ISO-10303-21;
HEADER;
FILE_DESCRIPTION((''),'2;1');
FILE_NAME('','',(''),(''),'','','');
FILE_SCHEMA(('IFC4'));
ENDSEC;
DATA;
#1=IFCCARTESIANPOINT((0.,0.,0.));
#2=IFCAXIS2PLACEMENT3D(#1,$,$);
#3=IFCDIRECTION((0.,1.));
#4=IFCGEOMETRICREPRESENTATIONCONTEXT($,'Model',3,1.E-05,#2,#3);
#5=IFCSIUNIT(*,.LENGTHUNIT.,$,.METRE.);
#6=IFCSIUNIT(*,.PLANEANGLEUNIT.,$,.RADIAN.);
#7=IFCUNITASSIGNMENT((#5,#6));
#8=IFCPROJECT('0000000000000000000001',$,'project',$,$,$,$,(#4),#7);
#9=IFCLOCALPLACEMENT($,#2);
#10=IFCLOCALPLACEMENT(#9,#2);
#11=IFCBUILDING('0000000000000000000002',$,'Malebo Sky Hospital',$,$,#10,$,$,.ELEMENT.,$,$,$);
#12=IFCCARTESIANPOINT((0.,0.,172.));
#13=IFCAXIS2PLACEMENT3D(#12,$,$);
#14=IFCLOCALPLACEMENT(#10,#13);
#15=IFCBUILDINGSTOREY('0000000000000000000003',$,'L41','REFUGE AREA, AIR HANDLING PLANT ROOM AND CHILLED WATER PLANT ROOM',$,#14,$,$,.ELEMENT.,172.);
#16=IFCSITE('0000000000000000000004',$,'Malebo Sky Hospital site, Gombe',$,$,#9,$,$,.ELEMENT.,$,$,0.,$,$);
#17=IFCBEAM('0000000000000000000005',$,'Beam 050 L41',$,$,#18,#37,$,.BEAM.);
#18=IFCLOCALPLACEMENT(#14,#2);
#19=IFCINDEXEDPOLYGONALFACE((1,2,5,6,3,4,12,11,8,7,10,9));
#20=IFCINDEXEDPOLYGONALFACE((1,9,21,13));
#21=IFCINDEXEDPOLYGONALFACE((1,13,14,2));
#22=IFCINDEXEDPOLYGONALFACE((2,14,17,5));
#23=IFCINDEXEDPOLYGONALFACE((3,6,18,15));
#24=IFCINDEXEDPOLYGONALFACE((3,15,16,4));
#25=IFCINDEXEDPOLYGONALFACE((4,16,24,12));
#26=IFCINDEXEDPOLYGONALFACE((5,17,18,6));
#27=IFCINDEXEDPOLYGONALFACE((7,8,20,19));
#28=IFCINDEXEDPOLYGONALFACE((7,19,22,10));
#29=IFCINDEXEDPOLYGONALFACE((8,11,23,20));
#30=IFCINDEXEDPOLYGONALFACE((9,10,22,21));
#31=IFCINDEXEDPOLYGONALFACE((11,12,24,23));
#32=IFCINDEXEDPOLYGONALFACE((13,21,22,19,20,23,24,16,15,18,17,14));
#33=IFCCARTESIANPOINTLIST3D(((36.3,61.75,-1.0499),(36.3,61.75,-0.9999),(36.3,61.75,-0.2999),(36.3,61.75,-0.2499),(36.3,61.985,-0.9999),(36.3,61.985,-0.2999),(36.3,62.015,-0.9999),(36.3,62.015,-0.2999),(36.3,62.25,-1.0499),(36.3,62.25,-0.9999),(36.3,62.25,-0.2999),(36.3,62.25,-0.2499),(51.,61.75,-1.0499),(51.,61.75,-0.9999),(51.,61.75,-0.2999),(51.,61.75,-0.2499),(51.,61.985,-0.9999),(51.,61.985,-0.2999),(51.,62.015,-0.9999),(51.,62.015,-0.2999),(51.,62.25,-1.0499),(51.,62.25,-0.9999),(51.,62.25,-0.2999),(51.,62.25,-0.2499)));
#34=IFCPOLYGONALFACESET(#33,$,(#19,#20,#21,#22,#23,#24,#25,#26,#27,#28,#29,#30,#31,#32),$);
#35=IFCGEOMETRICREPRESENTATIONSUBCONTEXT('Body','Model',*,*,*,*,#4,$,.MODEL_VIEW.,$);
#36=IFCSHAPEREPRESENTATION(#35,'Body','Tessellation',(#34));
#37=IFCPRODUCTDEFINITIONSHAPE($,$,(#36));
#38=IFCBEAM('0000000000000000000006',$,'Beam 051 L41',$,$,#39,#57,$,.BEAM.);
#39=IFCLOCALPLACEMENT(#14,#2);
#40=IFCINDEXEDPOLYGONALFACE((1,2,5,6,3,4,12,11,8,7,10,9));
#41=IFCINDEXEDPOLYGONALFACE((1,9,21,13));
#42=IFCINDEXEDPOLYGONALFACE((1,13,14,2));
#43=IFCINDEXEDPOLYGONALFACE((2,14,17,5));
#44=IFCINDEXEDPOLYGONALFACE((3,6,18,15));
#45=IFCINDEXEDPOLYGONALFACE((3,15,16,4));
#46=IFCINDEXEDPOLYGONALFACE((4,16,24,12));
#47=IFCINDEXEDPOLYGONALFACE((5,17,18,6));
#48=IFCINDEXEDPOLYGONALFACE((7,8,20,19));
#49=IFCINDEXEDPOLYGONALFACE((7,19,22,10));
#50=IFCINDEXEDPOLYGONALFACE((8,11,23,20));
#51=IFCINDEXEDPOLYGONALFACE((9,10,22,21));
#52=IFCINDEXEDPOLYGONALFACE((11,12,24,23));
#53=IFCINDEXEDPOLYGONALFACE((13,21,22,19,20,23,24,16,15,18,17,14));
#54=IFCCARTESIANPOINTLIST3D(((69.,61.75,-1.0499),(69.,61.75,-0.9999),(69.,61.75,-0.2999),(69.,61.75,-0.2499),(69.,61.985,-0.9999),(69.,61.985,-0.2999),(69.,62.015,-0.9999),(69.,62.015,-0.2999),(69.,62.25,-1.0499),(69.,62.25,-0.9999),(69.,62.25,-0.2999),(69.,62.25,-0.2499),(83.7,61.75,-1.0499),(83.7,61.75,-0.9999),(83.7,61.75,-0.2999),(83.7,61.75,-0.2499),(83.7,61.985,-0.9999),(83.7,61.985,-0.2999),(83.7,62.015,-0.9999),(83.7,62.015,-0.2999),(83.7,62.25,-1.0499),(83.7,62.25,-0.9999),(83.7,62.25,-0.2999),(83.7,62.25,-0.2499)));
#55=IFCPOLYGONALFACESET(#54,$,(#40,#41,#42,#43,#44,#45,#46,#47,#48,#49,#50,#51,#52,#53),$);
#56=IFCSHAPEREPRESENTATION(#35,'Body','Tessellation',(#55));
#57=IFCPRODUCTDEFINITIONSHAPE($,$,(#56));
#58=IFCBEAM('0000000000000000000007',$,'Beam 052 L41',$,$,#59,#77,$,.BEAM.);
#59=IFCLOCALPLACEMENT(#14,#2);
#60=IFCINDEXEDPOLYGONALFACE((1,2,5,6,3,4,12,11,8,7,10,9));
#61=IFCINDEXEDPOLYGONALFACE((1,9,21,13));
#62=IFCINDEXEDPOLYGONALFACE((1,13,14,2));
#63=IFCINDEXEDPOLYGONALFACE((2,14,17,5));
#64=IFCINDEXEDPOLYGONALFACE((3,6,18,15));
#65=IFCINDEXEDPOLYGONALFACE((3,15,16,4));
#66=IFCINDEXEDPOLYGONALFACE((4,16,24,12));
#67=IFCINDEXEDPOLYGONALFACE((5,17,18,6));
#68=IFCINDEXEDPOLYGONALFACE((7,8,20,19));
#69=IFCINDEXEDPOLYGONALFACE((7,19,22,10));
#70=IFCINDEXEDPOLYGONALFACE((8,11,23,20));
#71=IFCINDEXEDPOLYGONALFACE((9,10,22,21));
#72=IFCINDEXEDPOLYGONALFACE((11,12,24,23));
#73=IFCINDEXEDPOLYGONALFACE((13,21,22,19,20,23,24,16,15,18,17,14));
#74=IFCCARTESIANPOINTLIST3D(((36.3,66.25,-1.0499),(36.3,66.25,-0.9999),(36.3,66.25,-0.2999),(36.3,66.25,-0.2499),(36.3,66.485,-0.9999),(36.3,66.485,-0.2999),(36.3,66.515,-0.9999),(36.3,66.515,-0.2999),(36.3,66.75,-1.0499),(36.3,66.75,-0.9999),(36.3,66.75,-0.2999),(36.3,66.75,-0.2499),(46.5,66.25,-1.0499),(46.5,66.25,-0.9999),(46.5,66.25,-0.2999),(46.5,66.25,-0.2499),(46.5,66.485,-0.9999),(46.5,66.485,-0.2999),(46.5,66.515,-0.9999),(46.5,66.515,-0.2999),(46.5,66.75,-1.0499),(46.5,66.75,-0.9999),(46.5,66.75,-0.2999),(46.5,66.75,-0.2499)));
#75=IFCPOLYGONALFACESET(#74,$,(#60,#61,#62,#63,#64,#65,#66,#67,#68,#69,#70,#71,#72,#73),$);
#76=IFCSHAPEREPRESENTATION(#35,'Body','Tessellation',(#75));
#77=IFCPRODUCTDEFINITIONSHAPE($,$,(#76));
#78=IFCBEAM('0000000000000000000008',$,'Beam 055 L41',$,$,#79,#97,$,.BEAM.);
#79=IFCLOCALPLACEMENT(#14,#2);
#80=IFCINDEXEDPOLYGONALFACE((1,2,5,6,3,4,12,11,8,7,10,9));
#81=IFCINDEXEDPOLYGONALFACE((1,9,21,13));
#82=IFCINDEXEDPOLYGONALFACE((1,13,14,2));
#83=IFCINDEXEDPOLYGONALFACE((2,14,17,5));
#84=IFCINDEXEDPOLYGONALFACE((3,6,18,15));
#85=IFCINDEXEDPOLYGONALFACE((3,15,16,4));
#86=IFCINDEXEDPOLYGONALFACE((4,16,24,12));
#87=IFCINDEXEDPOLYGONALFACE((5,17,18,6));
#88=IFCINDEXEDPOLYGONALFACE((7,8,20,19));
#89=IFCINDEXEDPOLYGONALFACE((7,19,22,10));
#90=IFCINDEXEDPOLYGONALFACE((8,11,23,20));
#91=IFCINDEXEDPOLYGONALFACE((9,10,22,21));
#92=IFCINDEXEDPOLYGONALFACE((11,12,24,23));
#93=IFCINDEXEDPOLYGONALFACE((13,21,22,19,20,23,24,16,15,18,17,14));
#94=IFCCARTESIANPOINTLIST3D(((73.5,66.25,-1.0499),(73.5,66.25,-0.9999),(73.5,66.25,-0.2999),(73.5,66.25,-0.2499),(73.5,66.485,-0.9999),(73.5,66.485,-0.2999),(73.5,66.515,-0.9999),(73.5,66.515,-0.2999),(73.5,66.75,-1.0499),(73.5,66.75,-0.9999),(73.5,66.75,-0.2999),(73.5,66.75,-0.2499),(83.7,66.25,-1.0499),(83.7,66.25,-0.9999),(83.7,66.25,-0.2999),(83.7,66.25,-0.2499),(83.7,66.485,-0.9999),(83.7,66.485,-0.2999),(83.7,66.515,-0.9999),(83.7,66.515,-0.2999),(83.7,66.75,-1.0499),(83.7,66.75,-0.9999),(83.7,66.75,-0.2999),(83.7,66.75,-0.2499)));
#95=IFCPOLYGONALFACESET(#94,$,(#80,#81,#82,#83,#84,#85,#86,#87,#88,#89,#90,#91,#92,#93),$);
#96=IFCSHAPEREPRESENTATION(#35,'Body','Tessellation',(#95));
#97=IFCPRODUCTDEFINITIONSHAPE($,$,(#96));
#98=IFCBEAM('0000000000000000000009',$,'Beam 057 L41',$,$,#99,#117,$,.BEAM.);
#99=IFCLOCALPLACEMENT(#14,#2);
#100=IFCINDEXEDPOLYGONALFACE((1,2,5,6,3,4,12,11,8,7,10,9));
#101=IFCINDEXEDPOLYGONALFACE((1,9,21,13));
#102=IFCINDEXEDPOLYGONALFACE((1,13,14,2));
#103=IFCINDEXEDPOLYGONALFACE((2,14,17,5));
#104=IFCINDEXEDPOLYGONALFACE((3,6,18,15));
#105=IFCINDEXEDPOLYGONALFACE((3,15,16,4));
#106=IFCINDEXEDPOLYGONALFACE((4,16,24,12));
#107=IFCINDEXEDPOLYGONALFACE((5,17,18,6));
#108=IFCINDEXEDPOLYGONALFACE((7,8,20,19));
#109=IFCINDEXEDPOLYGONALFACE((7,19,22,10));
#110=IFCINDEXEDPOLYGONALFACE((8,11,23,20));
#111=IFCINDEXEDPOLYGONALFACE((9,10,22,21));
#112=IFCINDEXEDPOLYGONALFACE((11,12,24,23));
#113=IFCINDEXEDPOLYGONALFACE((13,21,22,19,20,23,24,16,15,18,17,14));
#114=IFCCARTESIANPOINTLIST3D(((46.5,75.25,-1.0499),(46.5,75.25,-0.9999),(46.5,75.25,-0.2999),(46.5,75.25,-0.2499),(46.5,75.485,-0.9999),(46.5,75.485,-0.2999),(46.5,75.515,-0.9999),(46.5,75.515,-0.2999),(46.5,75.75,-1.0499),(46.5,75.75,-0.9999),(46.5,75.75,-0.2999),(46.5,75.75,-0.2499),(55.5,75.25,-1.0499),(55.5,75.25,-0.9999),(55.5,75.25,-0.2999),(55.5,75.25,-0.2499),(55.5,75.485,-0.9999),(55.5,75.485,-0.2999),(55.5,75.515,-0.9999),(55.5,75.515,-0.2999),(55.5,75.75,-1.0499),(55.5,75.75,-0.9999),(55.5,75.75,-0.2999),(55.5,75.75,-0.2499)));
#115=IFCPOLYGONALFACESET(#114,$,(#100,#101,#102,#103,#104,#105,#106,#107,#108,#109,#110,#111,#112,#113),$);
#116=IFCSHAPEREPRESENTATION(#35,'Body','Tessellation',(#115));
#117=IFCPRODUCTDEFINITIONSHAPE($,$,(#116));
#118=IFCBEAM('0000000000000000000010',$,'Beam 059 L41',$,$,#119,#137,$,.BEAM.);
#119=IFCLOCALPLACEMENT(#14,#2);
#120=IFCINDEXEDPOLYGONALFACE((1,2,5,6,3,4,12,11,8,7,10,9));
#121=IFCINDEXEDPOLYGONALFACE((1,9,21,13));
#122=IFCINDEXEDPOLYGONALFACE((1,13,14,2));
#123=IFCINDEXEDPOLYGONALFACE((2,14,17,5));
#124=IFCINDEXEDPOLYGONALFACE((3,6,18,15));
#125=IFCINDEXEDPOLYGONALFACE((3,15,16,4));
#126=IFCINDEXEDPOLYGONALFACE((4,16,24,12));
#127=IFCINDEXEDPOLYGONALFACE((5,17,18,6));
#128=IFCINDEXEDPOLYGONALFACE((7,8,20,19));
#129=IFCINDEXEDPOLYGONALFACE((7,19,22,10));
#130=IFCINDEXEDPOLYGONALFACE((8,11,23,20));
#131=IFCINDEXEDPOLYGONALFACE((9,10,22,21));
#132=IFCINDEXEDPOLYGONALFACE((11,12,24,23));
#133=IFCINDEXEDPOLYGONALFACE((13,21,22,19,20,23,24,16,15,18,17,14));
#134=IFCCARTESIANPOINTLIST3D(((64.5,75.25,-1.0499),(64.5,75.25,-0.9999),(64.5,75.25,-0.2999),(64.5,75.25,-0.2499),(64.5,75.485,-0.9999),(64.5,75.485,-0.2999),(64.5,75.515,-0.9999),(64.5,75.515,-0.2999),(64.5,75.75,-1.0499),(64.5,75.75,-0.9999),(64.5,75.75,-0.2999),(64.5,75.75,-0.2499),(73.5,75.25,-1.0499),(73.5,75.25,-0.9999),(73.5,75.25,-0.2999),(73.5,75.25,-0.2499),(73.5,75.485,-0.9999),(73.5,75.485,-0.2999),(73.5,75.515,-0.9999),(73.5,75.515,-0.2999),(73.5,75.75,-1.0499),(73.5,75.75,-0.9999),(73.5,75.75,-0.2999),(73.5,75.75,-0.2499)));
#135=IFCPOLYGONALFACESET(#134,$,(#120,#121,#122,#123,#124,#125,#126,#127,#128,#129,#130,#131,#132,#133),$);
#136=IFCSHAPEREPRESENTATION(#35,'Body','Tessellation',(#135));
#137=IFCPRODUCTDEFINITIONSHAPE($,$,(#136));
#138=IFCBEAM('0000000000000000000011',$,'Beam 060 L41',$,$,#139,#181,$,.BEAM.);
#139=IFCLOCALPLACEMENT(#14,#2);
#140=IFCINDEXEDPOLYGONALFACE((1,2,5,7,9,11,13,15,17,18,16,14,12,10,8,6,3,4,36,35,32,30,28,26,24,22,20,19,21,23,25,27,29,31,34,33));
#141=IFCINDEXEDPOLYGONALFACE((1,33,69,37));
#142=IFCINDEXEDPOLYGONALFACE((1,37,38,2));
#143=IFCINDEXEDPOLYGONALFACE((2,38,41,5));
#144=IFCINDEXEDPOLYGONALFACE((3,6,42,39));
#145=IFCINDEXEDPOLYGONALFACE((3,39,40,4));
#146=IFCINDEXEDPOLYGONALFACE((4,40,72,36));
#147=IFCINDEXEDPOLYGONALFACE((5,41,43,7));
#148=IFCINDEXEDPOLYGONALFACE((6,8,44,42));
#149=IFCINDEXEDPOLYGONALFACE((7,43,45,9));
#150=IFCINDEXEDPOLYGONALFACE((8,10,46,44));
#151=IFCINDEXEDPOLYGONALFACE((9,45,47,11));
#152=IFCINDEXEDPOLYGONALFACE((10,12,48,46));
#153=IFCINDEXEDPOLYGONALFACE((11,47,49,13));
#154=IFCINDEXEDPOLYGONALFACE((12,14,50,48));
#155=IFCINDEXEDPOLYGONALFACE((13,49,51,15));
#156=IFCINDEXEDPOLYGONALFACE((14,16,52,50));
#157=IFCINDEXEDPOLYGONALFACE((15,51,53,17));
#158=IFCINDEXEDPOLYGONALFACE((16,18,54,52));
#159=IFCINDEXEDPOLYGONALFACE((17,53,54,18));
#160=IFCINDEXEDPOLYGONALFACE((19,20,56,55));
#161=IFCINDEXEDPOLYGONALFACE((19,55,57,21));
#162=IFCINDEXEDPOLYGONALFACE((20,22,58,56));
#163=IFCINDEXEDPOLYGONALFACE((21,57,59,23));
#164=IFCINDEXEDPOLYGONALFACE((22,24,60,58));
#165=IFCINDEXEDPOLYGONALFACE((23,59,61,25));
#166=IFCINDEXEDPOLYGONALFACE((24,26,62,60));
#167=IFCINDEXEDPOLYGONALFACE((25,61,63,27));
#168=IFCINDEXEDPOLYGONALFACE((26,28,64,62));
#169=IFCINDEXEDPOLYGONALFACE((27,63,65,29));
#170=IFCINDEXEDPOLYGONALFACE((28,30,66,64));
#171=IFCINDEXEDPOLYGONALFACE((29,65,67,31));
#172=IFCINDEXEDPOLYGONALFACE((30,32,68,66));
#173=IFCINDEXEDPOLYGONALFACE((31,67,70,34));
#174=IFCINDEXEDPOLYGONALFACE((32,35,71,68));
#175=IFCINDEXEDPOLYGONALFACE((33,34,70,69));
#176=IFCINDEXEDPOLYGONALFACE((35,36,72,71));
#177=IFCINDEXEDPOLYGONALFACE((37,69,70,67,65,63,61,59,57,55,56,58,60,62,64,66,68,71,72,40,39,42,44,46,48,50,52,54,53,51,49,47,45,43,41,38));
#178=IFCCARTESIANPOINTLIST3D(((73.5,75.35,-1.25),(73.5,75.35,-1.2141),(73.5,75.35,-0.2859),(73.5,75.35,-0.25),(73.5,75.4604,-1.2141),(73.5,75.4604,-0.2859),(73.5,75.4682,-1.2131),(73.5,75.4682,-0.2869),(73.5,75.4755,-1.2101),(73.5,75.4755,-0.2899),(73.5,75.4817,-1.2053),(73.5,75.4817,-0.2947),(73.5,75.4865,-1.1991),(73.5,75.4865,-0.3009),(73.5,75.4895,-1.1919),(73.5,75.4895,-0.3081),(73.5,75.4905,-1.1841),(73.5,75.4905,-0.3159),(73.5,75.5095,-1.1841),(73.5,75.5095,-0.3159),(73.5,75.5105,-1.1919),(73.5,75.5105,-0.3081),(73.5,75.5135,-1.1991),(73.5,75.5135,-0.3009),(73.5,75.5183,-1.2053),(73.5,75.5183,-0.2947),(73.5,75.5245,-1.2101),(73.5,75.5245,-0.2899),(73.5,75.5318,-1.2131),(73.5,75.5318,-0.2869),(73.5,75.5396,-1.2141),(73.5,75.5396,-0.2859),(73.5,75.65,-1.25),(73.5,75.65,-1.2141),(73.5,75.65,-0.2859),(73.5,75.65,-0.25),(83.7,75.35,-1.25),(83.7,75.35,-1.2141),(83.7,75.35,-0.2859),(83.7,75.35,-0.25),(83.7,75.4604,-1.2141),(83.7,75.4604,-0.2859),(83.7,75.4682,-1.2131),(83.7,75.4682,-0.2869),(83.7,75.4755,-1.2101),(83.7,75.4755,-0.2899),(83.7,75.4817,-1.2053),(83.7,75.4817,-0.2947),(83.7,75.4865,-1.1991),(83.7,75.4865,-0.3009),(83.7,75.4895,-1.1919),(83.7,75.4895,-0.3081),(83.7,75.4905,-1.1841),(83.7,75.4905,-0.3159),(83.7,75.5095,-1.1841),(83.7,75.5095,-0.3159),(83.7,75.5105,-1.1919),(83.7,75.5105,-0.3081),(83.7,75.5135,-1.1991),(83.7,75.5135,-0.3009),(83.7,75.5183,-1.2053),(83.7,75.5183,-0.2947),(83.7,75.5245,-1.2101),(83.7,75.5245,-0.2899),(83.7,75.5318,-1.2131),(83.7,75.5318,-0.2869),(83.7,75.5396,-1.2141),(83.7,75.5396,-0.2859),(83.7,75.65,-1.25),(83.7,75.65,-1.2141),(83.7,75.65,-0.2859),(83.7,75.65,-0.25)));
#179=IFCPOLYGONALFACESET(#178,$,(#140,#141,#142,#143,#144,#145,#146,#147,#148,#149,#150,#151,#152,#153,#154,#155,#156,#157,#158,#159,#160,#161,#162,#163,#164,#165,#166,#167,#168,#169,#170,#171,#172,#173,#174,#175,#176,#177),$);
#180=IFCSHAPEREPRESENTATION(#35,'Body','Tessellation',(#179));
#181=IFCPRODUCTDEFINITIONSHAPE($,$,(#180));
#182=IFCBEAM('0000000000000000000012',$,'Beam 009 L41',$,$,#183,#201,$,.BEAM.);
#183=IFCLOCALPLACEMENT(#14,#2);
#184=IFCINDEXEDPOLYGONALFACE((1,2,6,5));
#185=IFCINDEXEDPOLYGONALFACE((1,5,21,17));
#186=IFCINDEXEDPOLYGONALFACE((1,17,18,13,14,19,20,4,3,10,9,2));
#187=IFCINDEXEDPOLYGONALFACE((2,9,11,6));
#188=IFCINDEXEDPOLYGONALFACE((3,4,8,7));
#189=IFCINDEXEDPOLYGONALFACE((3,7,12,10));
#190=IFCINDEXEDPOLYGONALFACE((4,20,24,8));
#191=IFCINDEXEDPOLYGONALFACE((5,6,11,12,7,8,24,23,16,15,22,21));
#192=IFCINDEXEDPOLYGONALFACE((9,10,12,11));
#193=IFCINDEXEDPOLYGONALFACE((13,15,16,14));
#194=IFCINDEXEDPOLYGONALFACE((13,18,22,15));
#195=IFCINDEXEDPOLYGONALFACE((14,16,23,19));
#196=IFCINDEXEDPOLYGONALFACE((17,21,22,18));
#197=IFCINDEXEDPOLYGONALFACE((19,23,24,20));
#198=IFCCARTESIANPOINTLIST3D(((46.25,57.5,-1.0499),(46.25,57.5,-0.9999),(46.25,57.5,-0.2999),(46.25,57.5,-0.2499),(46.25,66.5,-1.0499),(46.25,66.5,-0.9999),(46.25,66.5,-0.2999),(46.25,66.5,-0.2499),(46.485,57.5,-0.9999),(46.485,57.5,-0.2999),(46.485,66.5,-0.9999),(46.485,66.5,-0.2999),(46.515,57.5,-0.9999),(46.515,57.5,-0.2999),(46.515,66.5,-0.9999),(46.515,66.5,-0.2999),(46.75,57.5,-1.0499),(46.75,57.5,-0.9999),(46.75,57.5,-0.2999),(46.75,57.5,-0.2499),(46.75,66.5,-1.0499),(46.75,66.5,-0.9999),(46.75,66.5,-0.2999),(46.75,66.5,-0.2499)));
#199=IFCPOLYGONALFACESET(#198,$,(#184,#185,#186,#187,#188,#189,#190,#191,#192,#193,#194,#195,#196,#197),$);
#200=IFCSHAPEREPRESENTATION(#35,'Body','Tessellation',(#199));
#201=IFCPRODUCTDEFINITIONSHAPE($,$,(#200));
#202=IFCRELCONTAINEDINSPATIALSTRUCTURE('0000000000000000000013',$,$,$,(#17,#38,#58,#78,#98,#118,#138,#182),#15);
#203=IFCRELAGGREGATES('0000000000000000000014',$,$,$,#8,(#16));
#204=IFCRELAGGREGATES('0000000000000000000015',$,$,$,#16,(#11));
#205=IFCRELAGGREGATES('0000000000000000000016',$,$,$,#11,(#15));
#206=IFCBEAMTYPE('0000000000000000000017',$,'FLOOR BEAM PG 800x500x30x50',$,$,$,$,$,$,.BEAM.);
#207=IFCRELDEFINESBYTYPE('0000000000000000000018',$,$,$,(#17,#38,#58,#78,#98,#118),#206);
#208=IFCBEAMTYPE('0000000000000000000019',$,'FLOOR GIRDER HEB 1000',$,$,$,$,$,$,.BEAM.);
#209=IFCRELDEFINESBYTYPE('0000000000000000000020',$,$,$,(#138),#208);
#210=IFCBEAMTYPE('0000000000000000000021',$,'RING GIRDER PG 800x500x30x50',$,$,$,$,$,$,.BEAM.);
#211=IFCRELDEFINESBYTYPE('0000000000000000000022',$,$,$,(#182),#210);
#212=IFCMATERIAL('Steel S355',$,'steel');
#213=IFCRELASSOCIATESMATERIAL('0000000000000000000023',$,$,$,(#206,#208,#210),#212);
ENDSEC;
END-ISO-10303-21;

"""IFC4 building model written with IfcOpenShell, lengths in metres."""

from ifc_helpers import new_model, si_unit, direction, frame, origin, origin_2d, place, context, subcontext, project, spatial, i_section, extrude, material, material_profile, profile_set, type_object, element, save


model = new_model("IFC4")

# Units and contexts
model_context = context("Model", 3, precision=1e-05, world=origin(), true_north=direction((0.0, 1.0)))
body_context = subcontext(model_context, "Body", "Model", "MODEL_VIEW")
ifc_project = project(units=[si_unit("LENGTHUNIT", "METRE"), si_unit("PLANEANGLEUNIT", "RADIAN")], contexts=[model_context])

# Site, building, storey
site_placement = place(None, origin())
site = spatial("IfcSite", under=ifc_project, at=site_placement, Name="Malebo Sky Hospital site, Gombe", CompositionType="ELEMENT", RefElevation=0.0)
building_placement = place(site_placement, origin())
building = spatial("IfcBuilding", under=site, at=building_placement, Name="Malebo Sky Hospital", CompositionType="ELEMENT")
storey_placement = place(building_placement, frame((0.0, 0.0, 172.0)))
storey = spatial("IfcBuildingStorey", under=building, at=storey_placement, Name="L41", Description="REFUGE AREA, AIR HANDLING PLANT ROOM AND CHILLED WATER PLANT ROOM", CompositionType="ELEMENT", Elevation=172.0)

# Beams
ifc_material = material(Name="Steel S355", Category="steel")
ifc_material_profile_1 = material_profile(ifc_material, i_section(OverallWidth=0.5, OverallDepth=0.8, WebThickness=0.03, FlangeThickness=0.05, at=origin_2d()), Name="PG 800x500x30x50")
ifc_profile_set_1 = profile_set([ifc_material_profile_1], Name="Steel S355")
beam_type_1 = type_object("IfcBeamType", Name="FLOOR BEAM PG 800x500x30x50", PredefinedType="BEAM", material=ifc_profile_set_1)
for number, where, z_axis, x_axis, name in (
    (1, (36.3, 62.0, -0.6499), (1.0, 0.0, 0.0), (0.0, 1.0, 0.0), "Beam 050 L41"),
    (2, (69.0, 62.0, -0.6499), (1.0, 0.0, 0.0), (0.0, 1.0, 0.0), "Beam 051 L41"),
):
    element("IfcBeam", number, at=place(storey_placement, frame(where, z_axis=z_axis, x_axis=x_axis)), inside=storey, type_object=beam_type_1, Name=name, PredefinedType="BEAM", context=body_context, shape_type="SweptSolid", body=[
        extrude(i_section(OverallWidth=0.5, OverallDepth=0.8, WebThickness=0.03, FlangeThickness=0.05, at=origin_2d()), origin(), (0.0, 0.0, 1.0), 14.7),
    ])
for number, where, z_axis, x_axis, name in (
    (3, (36.3, 66.5, -0.6499), (1.0, 0.0, 0.0), (0.0, 1.0, 0.0), "Beam 052 L41"),
    (4, (73.5, 66.5, -0.6499), (1.0, 0.0, 0.0), (0.0, 1.0, 0.0), "Beam 055 L41"),
):
    element("IfcBeam", number, at=place(storey_placement, frame(where, z_axis=z_axis, x_axis=x_axis)), inside=storey, type_object=beam_type_1, Name=name, PredefinedType="BEAM", context=body_context, shape_type="SweptSolid", body=[
        extrude(i_section(OverallWidth=0.5, OverallDepth=0.8, WebThickness=0.03, FlangeThickness=0.05, at=origin_2d()), origin(), (0.0, 0.0, 1.0), 10.2),
    ])
for number, where, z_axis, x_axis, name in (
    (5, (46.5, 75.5, -0.6499), (1.0, 0.0, 0.0), (0.0, 1.0, 0.0), "Beam 057 L41"),
    (6, (64.5, 75.5, -0.6499), (1.0, 0.0, 0.0), (0.0, 1.0, 0.0), "Beam 059 L41"),
):
    element("IfcBeam", number, at=place(storey_placement, frame(where, z_axis=z_axis, x_axis=x_axis)), inside=storey, type_object=beam_type_1, Name=name, PredefinedType="BEAM", context=body_context, shape_type="SweptSolid", body=[
        extrude(i_section(OverallWidth=0.5, OverallDepth=0.8, WebThickness=0.03, FlangeThickness=0.05, at=origin_2d()), origin(), (0.0, 0.0, 1.0), 9.0),
    ])
ifc_material_profile_2 = material_profile(ifc_material, i_section(OverallWidth=0.3, OverallDepth=1.0, WebThickness=0.019, FlangeThickness=0.0359, FilletRadius=0.03, at=origin_2d()), Name="HEB 1000")
ifc_profile_set_2 = profile_set([ifc_material_profile_2], Name="Steel S355")
beam_type_2 = type_object("IfcBeamType", Name="FLOOR GIRDER HEB 1000", PredefinedType="BEAM", material=ifc_profile_set_2)
beam_1_placement = place(storey_placement, frame((73.5, 75.5, -0.75), z_axis=(1.0, 0.0, 0.0), x_axis=(0.0, 1.0, 0.0)))
element("IfcBeam", 7, at=beam_1_placement, inside=storey, type_object=beam_type_2, Name="Beam 060 L41", PredefinedType="BEAM", context=body_context, shape_type="SweptSolid", body=[
    extrude(i_section(OverallWidth=0.3, OverallDepth=1.0, WebThickness=0.019, FlangeThickness=0.0359, FilletRadius=0.03, at=origin_2d()), origin(), (0.0, 0.0, 1.0), 10.2),
])
ifc_material_profile_3 = material_profile(ifc_material, i_section(OverallWidth=0.5, OverallDepth=0.8, WebThickness=0.03, FlangeThickness=0.05, at=origin_2d()), Name="PG 800x500x30x50")
ifc_profile_set_3 = profile_set([ifc_material_profile_3], Name="Steel S355")
beam_type_3 = type_object("IfcBeamType", Name="RING GIRDER PG 800x500x30x50", PredefinedType="BEAM", material=ifc_profile_set_3)
for number, where, z_axis, x_axis, name in (
    (8, (46.5, 57.5, -0.6499), (0.0, 1.0, 0.0), (-1.0, 0.0, 0.0), "Beam 009 L41"),
):
    element("IfcBeam", number, at=place(storey_placement, frame(where, z_axis=z_axis, x_axis=x_axis)), inside=storey, type_object=beam_type_3, Name=name, PredefinedType="BEAM", context=body_context, shape_type="SweptSolid", body=[
        extrude(i_section(OverallWidth=0.5, OverallDepth=0.8, WebThickness=0.03, FlangeThickness=0.05, at=origin_2d()), origin(), (0.0, 0.0, 1.0), 9.0),
    ])

save(model, "model.ifc")
